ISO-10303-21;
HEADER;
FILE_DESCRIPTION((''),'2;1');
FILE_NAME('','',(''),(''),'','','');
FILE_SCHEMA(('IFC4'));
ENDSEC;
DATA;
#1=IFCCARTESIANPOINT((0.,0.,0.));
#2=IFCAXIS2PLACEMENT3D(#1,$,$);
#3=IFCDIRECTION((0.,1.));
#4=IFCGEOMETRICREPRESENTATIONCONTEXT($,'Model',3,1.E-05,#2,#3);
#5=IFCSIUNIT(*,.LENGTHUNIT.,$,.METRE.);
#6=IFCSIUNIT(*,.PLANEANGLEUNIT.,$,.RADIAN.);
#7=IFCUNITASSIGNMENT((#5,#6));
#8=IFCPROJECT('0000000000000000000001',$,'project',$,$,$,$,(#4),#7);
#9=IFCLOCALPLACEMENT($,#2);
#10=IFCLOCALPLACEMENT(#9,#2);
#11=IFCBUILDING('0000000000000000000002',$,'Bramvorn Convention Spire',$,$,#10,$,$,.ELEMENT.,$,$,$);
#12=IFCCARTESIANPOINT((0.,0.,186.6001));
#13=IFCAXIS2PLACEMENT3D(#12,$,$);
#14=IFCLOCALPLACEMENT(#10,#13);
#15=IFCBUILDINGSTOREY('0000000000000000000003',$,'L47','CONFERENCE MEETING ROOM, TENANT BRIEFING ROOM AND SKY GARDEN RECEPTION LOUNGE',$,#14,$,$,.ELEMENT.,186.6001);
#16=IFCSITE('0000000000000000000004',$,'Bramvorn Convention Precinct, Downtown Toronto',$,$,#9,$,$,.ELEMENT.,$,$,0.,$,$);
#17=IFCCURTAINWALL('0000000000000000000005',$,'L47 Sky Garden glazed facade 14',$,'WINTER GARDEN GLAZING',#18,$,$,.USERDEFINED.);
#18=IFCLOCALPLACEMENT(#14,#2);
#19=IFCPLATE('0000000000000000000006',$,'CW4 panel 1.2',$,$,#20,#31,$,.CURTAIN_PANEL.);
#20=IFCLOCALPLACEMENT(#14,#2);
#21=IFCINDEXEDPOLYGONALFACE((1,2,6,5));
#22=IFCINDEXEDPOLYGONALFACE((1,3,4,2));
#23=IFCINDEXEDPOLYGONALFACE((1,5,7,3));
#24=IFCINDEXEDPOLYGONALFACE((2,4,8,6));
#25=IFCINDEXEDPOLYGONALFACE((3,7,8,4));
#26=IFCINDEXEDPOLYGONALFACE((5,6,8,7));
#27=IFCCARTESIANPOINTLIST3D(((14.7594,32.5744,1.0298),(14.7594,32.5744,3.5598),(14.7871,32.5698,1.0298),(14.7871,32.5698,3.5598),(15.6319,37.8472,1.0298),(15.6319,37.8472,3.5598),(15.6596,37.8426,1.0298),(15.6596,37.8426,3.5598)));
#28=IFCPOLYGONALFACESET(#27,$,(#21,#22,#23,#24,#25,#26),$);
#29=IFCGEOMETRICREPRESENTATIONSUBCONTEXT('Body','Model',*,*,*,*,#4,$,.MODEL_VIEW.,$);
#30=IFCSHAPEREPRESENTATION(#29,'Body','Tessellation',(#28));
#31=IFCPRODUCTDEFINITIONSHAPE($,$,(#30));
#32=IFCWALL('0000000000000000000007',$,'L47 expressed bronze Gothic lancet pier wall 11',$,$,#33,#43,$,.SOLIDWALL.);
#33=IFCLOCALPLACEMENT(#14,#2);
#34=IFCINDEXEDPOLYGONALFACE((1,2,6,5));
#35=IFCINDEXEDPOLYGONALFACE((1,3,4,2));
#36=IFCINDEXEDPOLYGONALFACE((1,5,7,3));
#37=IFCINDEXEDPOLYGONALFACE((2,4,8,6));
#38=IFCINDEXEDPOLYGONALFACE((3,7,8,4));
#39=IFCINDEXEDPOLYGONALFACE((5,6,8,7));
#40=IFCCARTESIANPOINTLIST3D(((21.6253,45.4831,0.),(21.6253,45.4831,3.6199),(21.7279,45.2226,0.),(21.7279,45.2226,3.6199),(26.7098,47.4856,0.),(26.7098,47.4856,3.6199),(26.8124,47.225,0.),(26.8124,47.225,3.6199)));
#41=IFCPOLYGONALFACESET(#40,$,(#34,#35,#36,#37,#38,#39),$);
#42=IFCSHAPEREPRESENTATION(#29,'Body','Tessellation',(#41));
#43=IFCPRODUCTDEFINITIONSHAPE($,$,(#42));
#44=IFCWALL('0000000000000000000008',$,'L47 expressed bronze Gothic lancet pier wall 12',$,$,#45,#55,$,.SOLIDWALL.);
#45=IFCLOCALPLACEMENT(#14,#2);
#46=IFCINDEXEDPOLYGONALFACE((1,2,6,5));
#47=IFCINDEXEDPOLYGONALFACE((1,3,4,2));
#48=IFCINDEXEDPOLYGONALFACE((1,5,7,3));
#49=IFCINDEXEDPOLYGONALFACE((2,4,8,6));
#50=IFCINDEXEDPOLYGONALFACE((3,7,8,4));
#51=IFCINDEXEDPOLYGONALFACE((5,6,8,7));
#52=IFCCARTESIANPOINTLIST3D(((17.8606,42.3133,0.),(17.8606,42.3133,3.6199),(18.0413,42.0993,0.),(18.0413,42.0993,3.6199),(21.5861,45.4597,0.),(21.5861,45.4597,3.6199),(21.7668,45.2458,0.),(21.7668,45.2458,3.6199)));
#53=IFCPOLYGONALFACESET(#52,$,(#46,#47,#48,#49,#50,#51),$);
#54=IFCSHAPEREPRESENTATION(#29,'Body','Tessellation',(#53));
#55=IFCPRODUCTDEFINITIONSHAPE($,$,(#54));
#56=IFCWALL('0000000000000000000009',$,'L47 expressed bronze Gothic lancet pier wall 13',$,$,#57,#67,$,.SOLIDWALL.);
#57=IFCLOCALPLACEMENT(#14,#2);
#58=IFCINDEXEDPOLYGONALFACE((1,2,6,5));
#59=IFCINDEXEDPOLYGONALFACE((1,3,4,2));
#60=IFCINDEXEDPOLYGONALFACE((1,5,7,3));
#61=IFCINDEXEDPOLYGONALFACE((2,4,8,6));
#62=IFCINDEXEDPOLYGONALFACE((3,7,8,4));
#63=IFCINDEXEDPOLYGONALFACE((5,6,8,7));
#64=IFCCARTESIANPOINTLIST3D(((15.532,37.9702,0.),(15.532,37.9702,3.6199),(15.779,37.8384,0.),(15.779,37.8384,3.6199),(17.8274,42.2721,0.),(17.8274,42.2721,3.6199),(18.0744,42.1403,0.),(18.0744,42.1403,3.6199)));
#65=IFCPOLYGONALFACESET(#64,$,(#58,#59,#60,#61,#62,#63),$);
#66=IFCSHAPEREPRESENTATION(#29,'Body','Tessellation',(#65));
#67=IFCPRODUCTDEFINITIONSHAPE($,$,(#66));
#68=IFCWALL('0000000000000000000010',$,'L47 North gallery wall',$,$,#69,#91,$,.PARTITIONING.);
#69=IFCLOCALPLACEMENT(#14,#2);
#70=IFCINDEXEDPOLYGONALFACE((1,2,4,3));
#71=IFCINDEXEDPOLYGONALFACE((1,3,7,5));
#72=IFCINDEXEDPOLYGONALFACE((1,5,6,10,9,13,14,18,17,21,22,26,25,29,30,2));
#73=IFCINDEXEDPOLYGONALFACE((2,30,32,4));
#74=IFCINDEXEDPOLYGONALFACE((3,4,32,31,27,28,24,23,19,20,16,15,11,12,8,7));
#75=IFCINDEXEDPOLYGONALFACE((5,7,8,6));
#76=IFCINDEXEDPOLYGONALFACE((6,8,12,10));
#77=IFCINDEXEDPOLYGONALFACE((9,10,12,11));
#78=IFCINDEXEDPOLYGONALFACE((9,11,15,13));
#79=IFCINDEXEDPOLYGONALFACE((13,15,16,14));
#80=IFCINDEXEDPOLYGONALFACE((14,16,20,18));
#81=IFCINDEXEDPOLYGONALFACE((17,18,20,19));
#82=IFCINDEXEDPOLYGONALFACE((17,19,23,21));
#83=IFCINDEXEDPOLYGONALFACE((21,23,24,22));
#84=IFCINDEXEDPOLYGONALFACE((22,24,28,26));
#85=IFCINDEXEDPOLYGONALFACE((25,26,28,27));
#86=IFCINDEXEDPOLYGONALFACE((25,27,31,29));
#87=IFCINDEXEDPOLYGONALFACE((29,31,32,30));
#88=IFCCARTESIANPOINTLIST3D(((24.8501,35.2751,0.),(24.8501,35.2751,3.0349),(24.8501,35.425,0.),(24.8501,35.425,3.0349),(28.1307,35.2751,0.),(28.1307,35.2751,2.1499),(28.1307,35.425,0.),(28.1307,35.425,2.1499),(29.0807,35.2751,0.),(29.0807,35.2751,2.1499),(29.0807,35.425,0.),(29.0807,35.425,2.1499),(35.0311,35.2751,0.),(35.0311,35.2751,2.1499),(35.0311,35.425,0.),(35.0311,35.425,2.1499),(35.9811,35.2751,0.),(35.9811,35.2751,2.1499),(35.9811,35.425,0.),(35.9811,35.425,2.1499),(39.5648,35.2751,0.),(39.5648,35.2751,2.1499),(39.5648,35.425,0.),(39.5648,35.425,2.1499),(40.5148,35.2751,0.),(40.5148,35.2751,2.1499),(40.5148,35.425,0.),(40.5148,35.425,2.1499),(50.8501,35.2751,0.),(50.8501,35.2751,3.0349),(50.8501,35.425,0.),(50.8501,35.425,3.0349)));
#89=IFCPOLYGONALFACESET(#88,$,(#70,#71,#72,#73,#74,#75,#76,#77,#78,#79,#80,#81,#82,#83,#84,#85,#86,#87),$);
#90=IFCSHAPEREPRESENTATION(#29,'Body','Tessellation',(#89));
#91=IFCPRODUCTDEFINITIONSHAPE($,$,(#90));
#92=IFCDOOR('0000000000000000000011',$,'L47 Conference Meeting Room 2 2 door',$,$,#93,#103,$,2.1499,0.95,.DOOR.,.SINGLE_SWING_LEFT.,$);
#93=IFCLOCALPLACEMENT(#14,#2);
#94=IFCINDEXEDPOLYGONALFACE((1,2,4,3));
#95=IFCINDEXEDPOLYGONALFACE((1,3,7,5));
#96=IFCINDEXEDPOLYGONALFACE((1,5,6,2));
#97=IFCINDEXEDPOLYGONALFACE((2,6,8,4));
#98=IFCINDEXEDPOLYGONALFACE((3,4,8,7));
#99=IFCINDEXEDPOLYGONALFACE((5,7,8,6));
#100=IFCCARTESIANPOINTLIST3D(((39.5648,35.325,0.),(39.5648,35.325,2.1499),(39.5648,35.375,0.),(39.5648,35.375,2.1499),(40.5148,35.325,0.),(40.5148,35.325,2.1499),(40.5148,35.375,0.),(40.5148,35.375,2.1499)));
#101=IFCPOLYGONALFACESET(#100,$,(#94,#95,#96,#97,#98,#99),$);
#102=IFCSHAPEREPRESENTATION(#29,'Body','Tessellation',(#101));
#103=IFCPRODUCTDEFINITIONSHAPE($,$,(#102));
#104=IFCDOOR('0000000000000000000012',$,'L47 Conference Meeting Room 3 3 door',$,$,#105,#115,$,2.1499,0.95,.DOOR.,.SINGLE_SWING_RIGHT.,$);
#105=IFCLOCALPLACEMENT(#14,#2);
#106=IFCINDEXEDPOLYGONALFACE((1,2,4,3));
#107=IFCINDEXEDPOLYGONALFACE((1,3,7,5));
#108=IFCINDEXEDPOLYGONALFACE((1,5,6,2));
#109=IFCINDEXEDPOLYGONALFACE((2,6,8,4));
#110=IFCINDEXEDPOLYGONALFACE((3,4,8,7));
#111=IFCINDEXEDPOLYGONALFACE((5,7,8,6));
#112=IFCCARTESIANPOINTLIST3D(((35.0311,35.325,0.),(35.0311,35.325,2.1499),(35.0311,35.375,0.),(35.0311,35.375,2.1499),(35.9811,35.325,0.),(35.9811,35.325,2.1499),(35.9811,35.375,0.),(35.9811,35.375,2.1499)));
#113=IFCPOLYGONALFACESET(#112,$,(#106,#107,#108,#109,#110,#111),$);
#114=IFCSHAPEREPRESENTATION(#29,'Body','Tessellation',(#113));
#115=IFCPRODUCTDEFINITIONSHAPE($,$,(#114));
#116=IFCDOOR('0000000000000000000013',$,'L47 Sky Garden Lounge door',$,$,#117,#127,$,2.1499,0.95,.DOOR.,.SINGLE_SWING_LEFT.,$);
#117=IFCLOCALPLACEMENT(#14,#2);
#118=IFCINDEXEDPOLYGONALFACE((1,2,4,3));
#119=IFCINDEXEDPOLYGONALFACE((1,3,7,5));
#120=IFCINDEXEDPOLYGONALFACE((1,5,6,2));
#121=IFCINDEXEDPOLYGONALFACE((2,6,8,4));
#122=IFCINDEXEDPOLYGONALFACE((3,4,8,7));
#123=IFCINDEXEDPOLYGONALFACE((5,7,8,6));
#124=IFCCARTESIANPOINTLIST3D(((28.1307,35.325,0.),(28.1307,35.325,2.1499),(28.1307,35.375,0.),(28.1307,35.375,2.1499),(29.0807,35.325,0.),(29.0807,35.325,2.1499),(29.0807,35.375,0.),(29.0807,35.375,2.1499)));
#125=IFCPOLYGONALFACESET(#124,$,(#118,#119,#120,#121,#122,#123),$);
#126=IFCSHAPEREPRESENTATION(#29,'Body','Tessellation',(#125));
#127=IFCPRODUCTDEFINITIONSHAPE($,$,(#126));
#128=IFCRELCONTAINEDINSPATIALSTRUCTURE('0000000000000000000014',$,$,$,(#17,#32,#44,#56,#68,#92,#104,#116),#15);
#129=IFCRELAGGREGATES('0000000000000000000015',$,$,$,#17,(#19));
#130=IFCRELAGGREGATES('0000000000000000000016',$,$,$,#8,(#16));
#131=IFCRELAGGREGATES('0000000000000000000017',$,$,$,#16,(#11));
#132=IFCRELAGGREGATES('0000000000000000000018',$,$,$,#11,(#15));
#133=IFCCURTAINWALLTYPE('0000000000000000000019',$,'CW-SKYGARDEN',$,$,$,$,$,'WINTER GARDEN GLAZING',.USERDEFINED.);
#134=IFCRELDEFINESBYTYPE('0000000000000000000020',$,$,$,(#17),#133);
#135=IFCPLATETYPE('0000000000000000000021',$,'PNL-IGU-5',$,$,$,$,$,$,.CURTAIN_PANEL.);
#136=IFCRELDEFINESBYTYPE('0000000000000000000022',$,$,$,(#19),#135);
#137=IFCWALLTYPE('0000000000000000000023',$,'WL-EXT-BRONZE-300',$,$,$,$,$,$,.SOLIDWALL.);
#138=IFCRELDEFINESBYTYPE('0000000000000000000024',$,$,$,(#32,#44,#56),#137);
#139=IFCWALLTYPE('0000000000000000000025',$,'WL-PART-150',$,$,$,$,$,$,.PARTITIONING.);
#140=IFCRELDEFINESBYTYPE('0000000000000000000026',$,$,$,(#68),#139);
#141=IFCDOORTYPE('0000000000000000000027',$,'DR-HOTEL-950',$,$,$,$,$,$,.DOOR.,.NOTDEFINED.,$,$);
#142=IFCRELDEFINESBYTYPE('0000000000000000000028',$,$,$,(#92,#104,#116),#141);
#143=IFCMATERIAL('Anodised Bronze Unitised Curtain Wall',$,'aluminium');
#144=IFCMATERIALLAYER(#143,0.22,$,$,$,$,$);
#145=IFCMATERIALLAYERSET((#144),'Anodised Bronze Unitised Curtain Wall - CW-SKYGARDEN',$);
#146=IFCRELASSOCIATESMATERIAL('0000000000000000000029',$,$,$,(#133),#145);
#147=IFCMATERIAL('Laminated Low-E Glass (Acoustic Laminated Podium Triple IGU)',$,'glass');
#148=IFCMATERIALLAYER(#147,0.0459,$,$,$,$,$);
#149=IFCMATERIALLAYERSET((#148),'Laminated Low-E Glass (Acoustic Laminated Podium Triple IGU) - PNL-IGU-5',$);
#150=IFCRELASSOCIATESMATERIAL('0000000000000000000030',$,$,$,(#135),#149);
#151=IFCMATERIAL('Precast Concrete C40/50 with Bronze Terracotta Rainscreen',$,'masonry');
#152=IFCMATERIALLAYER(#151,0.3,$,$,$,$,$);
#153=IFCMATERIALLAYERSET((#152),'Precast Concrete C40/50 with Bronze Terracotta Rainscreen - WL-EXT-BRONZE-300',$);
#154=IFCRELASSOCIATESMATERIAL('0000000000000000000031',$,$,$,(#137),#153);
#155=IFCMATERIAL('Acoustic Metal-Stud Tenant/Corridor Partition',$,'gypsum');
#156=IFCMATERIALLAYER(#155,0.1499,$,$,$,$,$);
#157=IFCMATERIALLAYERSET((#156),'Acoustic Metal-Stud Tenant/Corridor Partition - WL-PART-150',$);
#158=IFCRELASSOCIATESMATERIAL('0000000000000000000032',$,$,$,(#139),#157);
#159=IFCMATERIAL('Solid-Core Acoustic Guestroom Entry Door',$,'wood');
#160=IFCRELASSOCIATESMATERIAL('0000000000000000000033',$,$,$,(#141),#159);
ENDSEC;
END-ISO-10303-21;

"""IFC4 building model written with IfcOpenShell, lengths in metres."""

from ifc_helpers import new_model, si_unit, direction, frame, frame_2d, origin, origin_2d, place, context, subcontext, project, spatial, rectangle, extrude, material, layer, layer_set, type_object, element, fill, aggregate, save


model = new_model("IFC4")

# Units and contexts
model_context = context("Model", 3, precision=1e-05, world=origin(), true_north=direction((0.0, 1.0)))
body_context = subcontext(model_context, "Body", "Model", "MODEL_VIEW")
ifc_project = project(units=[si_unit("LENGTHUNIT", "METRE"), si_unit("PLANEANGLEUNIT", "RADIAN")], contexts=[model_context])

# Site, building, storey
site_placement = place(None, origin())
site = spatial("IfcSite", under=ifc_project, at=site_placement, Name="Bramvorn Convention Precinct, Downtown Toronto", CompositionType="ELEMENT", RefElevation=0.0)
building_placement = place(site_placement, origin())
building = spatial("IfcBuilding", under=site, at=building_placement, Name="Bramvorn Convention Spire", CompositionType="ELEMENT")
storey_placement = place(building_placement, frame((0.0, 0.0, 186.6001)))
storey = spatial("IfcBuildingStorey", under=building, at=storey_placement, Name="L47", Description="CONFERENCE MEETING ROOM, TENANT BRIEFING ROOM AND SKY GARDEN RECEPTION LOUNGE", CompositionType="ELEMENT", Elevation=186.6001)

# Curtain wall
ifc_material_1 = material(Name="Anodised Bronze Unitised Curtain Wall", Category="aluminium")
ifc_layer_1 = layer(ifc_material_1, 0.22)
ifc_layer_set_1 = layer_set([ifc_layer_1], Name="Anodised Bronze Unitised Curtain Wall - CW-SKYGARDEN")
curtain_wall_type = type_object("IfcCurtainWallType", Name="CW-SKYGARDEN", ElementType="WINTER GARDEN GLAZING", PredefinedType="USERDEFINED", material=ifc_layer_set_1)
curtain_wall_placement = place(storey_placement, origin())
curtain_wall = element("IfcCurtainWall", 1, at=curtain_wall_placement, inside=storey, type_object=curtain_wall_type, Name="L47 Sky Garden glazed facade 14", ObjectType="WINTER GARDEN GLAZING", PredefinedType="USERDEFINED")

# Plate
ifc_material_2 = material(Name="Laminated Low-E Glass (Acoustic Laminated Podium Triple IGU)", Category="glass")
ifc_layer_2 = layer(ifc_material_2, 0.0459)
ifc_layer_set_2 = layer_set([ifc_layer_2], Name="Laminated Low-E Glass (Acoustic Laminated Podium Triple IGU) - PNL-IGU-5")
plate_type = type_object("IfcPlateType", Name="PNL-IGU-5", PredefinedType="CURTAIN_PANEL", material=ifc_layer_set_2)
plate_1_placement = place(storey_placement, frame((15.2095, 35.2085, 1.0298), z_axis=(0.0, 0.0, 1.0), x_axis=(0.163253, 0.986584, 0.0)))
plate_1 = element("IfcPlate", 2, at=plate_1_placement, type_object=plate_type, Name="CW4 panel 1.2", PredefinedType="CURTAIN_PANEL", context=body_context, shape_type="SweptSolid", body=[
    extrude(rectangle(XDim=5.3445, YDim=0.0281, at=origin_2d()), origin(), (0.0, 0.0, 1.0), 2.53),
])
aggregate(curtain_wall, [plate_1])

# Walls
ifc_material_3 = material(Name="Precast Concrete C40/50 with Bronze Terracotta Rainscreen", Category="masonry")
ifc_layer_3 = layer(ifc_material_3, 0.3)
ifc_layer_set_3 = layer_set([ifc_layer_3], Name="Precast Concrete C40/50 with Bronze Terracotta Rainscreen - WL-EXT-BRONZE-300")
wall_type_1 = type_object("IfcWallType", Name="WL-EXT-BRONZE-300", PredefinedType="SOLIDWALL", material=ifc_layer_set_3)
wall_1_placement = place(storey_placement, frame((21.6765, 45.3528, 0.0), z_axis=(0.0, 0.0, 1.0), x_axis=(0.930442, 0.36644, 0.0)))
element("IfcWall", 3, at=wall_1_placement, inside=storey, type_object=wall_type_1, Name="L47 expressed bronze Gothic lancet pier wall 11", PredefinedType="SOLIDWALL", context=body_context, shape_type="SweptSolid", body=[
    extrude(rectangle(XDim=5.4646, YDim=0.28, at=frame_2d((2.7324, 0.0))), origin(), (0.0, 0.0, 1.0), 3.6199),
])
wall_2_placement = place(storey_placement, frame((17.9509, 42.2063, 0.0), z_axis=(0.0, 0.0, 1.0), x_axis=(0.763986, 0.645233, 0.0)))
element("IfcWall", 4, at=wall_2_placement, inside=storey, type_object=wall_type_1, Name="L47 expressed bronze Gothic lancet pier wall 12", PredefinedType="SOLIDWALL", context=body_context, shape_type="SweptSolid", body=[
    extrude(rectangle(XDim=4.8765, YDim=0.28, at=frame_2d((2.4382, 0.0))), origin(), (0.0, 0.0, 1.0), 3.6199),
])
wall_3_placement = place(storey_placement, frame((15.6555, 37.9043, 0.0), z_axis=(0.0, 0.0, 1.0), x_axis=(0.470749, 0.882267, 0.0)))
element("IfcWall", 5, at=wall_3_placement, inside=storey, type_object=wall_type_1, Name="L47 expressed bronze Gothic lancet pier wall 13", PredefinedType="SOLIDWALL", context=body_context, shape_type="SweptSolid", body=[
    extrude(rectangle(XDim=4.876, YDim=0.28, at=frame_2d((2.438, 0.0))), origin(), (0.0, 0.0, 1.0), 3.6199),
])

# Wall, openings, doors
ifc_material_4 = material(Name="Acoustic Metal-Stud Tenant/Corridor Partition", Category="gypsum")
ifc_layer_4 = layer(ifc_material_4, 0.1499)
ifc_layer_set_4 = layer_set([ifc_layer_4], Name="Acoustic Metal-Stud Tenant/Corridor Partition - WL-PART-150")
wall_type_2 = type_object("IfcWallType", Name="WL-PART-150", PredefinedType="PARTITIONING", material=ifc_layer_set_4)
wall_4_placement = place(storey_placement, frame((24.8501, 35.3501, 0.0), z_axis=(0.0, 0.0, 1.0), x_axis=(1.0, 0.0, 0.0)))
wall_4 = element("IfcWall", 6, at=wall_4_placement, inside=storey, type_object=wall_type_2, Name="L47 North gallery wall", PredefinedType="PARTITIONING", context=body_context, shape_type="SweptSolid", body=[
    extrude(rectangle(XDim=26.0, YDim=0.1499, at=frame_2d((13.0, 0.0))), origin(), (0.0, 0.0, 1.0), 3.0349),
])
opening_1_placement = place(wall_4_placement, frame((14.7146, 0.0, 0.0)))
opening_1 = element("IfcOpeningElement", 7, at=opening_1_placement, cuts=wall_4, PredefinedType="OPENING", context=body_context, shape_type="SweptSolid", body=[
    extrude(rectangle(XDim=0.95, YDim=2.1499, at=frame_2d((0.4751, 1.075))), frame((0.0, 0.085, 0.0), z_axis=(0.0, -1.0, 0.0), x_axis=(1.0, 0.0, 0.0)), (0.0, 0.0, 1.0), 0.1699),
])
opening_2_placement = place(wall_4_placement, frame((10.1809, 0.0, 0.0)))
opening_2 = element("IfcOpeningElement", 8, at=opening_2_placement, cuts=wall_4, PredefinedType="OPENING", context=body_context, shape_type="SweptSolid", body=[
    extrude(rectangle(XDim=0.95, YDim=2.1499, at=frame_2d((0.4751, 1.075))), frame((0.0, 0.085, 0.0), z_axis=(0.0, -1.0, 0.0), x_axis=(1.0, 0.0, 0.0)), (0.0, 0.0, 1.0), 0.1699),
])
opening_3_placement = place(wall_4_placement, frame((3.2805, 0.0, 0.0)))
opening_3 = element("IfcOpeningElement", 9, at=opening_3_placement, cuts=wall_4, PredefinedType="OPENING", context=body_context, shape_type="SweptSolid", body=[
    extrude(rectangle(XDim=0.95, YDim=2.1499, at=frame_2d((0.4751, 1.075))), frame((0.0, 0.085, 0.0), z_axis=(0.0, -1.0, 0.0), x_axis=(1.0, 0.0, 0.0)), (0.0, 0.0, 1.0), 0.1699),
])
ifc_material_5 = material(Name="Solid-Core Acoustic Guestroom Entry Door", Category="wood")
door_type = type_object("IfcDoorType", Name="DR-HOTEL-950", OperationType="NOTDEFINED", PredefinedType="DOOR", material=ifc_material_5)
door_1_placement = place(opening_1_placement, origin())
door_1 = element("IfcDoor", 10, at=door_1_placement, inside=storey, type_object=door_type, Name="L47 Conference Meeting Room 2 2 door", OperationType="SINGLE_SWING_LEFT", OverallHeight=2.1499, OverallWidth=0.95, PredefinedType="DOOR", context=body_context, shape_type="SweptSolid", body=[
    extrude(rectangle(XDim=0.95, YDim=2.1499, at=frame_2d((0.4751, 1.075))), frame((0.0, 0.0249, 0.0), z_axis=(0.0, -1.0, 0.0), x_axis=(1.0, 0.0, 0.0)), (0.0, 0.0, 1.0), 0.05),
])
fill(opening_1, door_1)
door_2_placement = place(opening_2_placement, origin())
door_2 = element("IfcDoor", 11, at=door_2_placement, inside=storey, type_object=door_type, Name="L47 Conference Meeting Room 3 3 door", OperationType="SINGLE_SWING_RIGHT", OverallHeight=2.1499, OverallWidth=0.95, PredefinedType="DOOR", context=body_context, shape_type="SweptSolid", body=[
    extrude(rectangle(XDim=0.95, YDim=2.1499, at=frame_2d((0.4751, 1.075))), frame((0.0, 0.0249, 0.0), z_axis=(0.0, -1.0, 0.0), x_axis=(1.0, 0.0, 0.0)), (0.0, 0.0, 1.0), 0.05),
])
fill(opening_2, door_2)
door_3_placement = place(opening_3_placement, origin())
door_3 = element("IfcDoor", 12, at=door_3_placement, inside=storey, type_object=door_type, Name="L47 Sky Garden Lounge door", OperationType="SINGLE_SWING_LEFT", OverallHeight=2.1499, OverallWidth=0.95, PredefinedType="DOOR", context=body_context, shape_type="SweptSolid", body=[
    extrude(rectangle(XDim=0.95, YDim=2.1499, at=frame_2d((0.4751, 1.075))), frame((0.0, 0.0249, 0.0), z_axis=(0.0, -1.0, 0.0), x_axis=(1.0, 0.0, 0.0)), (0.0, 0.0, 1.0), 0.05),
])
fill(opening_3, door_3)

save(model, "model.ifc")
